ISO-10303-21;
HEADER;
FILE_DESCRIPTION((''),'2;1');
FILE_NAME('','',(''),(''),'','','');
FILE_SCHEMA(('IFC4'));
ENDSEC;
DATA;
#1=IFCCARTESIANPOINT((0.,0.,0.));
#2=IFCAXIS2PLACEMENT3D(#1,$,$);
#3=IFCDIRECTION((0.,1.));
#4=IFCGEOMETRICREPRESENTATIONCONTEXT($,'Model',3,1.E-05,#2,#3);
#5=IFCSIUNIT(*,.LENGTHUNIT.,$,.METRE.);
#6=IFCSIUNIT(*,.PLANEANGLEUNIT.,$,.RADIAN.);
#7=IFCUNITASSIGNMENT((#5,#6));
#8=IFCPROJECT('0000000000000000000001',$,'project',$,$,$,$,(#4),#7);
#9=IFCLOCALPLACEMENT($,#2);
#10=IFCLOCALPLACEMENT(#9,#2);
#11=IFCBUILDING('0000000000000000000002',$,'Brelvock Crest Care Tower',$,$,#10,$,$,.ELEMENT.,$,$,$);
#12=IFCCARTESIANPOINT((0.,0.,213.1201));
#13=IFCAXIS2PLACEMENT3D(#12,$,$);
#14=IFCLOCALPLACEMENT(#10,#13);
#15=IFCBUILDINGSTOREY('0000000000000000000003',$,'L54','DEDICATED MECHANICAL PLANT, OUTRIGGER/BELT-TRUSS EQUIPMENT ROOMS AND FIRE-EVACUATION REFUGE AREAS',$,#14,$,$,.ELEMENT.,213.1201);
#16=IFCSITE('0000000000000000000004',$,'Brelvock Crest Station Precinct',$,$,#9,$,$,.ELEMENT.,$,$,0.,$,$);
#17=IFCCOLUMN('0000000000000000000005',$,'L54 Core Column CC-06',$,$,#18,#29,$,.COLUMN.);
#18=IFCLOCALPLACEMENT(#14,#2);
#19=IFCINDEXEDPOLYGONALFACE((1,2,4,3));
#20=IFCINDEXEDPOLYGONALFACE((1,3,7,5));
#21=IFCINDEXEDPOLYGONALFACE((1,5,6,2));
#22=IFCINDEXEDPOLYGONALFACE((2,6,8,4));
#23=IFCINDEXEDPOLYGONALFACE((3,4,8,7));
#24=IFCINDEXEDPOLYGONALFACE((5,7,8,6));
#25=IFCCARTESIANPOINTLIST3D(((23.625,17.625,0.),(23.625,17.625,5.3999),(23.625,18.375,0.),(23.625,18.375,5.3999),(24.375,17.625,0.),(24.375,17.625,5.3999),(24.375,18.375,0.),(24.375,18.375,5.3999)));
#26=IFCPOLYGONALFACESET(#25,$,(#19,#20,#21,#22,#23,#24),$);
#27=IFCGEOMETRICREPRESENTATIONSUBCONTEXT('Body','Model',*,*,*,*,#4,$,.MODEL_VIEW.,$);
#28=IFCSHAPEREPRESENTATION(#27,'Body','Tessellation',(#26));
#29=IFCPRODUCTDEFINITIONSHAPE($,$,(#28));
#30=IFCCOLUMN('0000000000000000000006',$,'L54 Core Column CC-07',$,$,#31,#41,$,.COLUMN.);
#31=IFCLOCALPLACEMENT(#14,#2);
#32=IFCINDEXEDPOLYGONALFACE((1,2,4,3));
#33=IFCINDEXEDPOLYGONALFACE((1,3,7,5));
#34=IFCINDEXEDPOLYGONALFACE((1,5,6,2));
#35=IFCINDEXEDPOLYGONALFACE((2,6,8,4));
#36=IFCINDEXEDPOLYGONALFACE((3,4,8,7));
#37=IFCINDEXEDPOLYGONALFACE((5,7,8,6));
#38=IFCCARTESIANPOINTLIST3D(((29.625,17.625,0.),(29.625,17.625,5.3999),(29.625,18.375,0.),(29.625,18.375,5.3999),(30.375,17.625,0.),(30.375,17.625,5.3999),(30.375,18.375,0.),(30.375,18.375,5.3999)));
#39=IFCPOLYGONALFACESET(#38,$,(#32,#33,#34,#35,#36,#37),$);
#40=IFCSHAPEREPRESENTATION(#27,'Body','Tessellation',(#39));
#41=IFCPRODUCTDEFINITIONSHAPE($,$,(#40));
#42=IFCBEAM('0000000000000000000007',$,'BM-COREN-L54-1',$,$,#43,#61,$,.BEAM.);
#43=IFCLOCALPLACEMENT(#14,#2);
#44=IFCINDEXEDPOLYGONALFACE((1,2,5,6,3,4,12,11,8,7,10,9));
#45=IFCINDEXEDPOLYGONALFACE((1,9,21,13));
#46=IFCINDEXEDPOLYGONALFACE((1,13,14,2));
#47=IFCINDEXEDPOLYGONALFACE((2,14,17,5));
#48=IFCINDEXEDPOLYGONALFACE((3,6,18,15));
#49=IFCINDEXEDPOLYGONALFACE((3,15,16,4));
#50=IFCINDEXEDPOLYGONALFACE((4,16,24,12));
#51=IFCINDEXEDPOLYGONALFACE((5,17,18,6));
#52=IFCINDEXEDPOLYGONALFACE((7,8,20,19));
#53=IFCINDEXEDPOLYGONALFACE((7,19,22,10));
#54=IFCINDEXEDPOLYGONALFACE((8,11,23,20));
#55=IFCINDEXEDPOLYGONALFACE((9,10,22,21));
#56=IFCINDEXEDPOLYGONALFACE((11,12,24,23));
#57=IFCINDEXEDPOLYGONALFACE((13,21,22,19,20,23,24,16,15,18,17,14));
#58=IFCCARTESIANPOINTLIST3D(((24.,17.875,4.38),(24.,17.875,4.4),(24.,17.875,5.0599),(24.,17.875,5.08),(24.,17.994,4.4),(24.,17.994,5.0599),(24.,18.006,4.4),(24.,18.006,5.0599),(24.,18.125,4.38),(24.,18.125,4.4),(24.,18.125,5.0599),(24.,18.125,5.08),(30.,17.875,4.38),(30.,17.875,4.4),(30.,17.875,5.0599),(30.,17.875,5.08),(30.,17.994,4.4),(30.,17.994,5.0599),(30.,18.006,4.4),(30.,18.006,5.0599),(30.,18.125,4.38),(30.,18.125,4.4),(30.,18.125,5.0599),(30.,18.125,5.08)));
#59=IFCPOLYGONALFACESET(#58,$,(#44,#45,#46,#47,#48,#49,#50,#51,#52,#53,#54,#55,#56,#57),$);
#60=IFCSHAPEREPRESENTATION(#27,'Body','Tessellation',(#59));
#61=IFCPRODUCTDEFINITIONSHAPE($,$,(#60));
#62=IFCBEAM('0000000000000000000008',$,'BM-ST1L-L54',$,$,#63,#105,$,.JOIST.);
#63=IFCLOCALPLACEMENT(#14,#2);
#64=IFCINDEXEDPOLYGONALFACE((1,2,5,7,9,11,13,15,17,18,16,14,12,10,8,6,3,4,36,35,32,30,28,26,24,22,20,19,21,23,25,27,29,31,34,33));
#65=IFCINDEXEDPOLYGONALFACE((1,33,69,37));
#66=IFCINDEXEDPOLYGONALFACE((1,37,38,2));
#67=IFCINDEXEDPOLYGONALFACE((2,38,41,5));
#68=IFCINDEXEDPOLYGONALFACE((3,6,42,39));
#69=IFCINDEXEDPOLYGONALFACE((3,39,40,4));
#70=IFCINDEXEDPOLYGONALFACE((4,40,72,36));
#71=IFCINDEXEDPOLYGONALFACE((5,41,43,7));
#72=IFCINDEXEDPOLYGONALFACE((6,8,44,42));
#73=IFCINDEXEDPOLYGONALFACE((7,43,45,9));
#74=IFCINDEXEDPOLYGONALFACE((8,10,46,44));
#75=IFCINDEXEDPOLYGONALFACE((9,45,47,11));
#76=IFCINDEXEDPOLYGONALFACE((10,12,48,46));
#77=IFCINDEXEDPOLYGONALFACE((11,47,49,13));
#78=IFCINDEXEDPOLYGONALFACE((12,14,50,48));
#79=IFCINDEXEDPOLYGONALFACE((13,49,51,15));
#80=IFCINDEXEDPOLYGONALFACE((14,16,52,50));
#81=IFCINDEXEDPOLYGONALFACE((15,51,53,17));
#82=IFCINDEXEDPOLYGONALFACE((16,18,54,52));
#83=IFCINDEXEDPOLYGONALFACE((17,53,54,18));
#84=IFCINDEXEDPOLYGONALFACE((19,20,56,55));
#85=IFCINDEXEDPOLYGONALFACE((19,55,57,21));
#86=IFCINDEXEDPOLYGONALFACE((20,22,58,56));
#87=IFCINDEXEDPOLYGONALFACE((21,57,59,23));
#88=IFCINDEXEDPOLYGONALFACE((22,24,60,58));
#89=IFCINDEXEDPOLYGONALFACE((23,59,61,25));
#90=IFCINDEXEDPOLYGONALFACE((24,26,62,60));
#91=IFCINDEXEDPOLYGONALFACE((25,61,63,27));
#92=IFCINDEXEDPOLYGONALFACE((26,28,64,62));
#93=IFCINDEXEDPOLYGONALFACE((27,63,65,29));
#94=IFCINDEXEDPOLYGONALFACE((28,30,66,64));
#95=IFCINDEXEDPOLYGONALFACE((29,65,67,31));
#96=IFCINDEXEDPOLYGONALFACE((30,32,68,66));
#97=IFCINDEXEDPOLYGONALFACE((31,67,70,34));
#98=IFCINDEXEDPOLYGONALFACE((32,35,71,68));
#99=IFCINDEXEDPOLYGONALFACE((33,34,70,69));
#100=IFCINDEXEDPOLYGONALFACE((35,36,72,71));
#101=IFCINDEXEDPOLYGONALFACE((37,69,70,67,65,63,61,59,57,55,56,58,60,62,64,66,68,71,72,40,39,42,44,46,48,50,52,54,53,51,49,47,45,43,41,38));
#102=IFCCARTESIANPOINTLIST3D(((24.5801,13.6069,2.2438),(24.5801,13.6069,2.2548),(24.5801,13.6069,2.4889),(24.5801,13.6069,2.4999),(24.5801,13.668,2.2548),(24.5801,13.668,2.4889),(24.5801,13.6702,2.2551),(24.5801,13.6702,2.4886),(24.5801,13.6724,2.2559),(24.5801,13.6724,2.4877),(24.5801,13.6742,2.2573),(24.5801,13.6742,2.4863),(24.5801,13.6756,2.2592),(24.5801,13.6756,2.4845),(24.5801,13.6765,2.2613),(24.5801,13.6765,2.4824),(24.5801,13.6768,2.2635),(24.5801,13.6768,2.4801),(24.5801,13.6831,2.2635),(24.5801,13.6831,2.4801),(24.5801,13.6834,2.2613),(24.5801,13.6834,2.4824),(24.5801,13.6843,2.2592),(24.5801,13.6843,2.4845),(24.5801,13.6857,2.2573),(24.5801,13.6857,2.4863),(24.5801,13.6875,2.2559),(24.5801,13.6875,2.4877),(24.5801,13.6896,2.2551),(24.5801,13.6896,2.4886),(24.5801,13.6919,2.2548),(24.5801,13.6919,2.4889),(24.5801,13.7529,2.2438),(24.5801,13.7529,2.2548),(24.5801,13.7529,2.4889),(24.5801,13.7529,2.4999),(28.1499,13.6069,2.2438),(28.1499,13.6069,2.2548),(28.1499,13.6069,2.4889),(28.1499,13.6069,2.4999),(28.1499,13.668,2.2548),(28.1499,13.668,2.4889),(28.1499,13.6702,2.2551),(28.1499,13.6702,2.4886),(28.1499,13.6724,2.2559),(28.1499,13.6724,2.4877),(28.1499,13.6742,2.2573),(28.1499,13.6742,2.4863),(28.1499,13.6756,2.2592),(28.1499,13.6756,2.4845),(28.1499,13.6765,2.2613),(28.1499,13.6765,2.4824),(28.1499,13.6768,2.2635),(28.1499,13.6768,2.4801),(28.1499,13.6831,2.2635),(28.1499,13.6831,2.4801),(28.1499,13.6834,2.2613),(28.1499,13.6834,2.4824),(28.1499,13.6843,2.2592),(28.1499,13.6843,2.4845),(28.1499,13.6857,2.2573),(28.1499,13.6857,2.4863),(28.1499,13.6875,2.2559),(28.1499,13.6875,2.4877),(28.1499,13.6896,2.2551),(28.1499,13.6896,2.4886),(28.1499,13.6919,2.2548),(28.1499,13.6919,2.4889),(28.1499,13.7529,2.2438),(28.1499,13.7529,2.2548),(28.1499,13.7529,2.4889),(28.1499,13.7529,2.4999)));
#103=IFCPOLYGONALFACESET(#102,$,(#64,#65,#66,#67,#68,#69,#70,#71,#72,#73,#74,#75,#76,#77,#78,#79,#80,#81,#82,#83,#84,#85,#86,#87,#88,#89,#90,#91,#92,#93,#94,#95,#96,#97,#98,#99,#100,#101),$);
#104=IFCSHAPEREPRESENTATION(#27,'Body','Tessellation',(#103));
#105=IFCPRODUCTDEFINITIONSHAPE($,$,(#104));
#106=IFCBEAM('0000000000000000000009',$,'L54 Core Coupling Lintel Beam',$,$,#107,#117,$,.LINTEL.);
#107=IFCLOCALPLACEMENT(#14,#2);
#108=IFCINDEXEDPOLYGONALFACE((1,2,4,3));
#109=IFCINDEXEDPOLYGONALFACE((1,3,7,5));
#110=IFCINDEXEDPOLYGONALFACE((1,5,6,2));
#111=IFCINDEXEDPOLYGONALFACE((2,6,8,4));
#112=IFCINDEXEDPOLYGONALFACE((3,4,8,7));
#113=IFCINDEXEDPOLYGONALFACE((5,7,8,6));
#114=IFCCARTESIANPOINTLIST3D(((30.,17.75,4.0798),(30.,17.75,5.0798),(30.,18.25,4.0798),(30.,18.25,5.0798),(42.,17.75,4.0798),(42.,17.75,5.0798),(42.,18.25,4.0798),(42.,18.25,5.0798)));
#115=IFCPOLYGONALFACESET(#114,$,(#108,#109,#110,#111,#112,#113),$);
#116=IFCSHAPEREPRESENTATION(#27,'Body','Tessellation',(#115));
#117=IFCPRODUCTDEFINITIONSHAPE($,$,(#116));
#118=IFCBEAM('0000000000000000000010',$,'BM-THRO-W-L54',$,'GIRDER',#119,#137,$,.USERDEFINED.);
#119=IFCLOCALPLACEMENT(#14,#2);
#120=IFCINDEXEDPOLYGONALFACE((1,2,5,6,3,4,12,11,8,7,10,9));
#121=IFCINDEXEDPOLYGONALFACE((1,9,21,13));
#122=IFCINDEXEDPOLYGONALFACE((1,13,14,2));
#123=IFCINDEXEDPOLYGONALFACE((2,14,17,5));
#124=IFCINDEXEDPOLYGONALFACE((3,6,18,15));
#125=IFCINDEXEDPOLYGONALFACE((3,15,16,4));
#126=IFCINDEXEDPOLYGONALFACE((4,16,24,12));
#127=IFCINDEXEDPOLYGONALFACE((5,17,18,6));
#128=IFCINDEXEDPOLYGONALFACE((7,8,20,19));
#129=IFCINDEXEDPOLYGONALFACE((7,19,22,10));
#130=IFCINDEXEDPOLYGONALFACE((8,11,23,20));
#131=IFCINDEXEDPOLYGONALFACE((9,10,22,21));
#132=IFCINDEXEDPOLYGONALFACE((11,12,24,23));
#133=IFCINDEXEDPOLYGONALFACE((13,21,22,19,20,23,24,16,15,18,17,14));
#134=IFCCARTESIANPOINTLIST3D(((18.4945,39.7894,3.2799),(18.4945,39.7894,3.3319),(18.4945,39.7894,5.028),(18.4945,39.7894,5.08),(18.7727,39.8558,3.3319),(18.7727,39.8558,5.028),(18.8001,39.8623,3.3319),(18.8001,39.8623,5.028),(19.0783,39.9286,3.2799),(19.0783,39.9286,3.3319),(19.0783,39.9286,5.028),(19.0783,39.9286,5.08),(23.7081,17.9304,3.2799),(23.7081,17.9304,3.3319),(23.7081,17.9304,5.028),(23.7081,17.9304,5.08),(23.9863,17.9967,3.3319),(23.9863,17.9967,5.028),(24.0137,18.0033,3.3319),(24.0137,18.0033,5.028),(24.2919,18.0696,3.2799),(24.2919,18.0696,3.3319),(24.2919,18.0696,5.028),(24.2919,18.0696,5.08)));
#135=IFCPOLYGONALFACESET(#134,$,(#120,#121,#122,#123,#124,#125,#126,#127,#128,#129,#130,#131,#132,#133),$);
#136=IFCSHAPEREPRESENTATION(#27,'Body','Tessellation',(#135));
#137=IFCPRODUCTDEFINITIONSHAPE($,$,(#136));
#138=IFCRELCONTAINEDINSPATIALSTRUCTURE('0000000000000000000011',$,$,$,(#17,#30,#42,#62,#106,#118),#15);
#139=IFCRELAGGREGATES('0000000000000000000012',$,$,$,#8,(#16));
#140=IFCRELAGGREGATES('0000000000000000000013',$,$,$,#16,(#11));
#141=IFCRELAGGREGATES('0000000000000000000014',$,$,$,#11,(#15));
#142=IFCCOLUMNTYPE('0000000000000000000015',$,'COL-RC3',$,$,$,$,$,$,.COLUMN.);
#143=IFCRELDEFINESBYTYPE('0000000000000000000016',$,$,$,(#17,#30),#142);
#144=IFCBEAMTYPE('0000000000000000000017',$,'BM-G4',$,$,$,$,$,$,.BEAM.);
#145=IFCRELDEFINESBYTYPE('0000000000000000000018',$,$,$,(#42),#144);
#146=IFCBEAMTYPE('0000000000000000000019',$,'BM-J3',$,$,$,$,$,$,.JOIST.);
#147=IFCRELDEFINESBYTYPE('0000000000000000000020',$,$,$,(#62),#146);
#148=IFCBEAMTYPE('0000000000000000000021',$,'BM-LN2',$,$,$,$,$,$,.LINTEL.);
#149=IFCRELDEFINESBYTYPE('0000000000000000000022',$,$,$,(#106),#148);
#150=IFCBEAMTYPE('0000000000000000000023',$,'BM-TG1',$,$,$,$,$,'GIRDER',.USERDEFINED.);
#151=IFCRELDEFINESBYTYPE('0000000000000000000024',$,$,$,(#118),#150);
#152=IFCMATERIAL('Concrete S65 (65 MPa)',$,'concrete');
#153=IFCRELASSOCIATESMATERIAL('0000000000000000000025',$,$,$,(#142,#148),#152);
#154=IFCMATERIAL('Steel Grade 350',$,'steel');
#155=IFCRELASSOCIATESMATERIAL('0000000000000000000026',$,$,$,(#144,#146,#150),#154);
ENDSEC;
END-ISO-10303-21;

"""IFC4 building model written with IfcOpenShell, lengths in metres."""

from ifc_helpers import new_model, si_unit, direction, frame, origin, origin_2d, place, context, subcontext, project, spatial, rectangle, i_section, extrude, source, transform, mapped, material, material_profile, profile_set, type_object, element, save


model = new_model("IFC4")

# Units and contexts
model_context = context("Model", 3, precision=1e-05, world=origin(), true_north=direction((0.0, 1.0)))
body_context = subcontext(model_context, "Body", "Model", "MODEL_VIEW")
ifc_project = project(units=[si_unit("LENGTHUNIT", "METRE"), si_unit("PLANEANGLEUNIT", "RADIAN")], contexts=[model_context])

# Site, building, storey
site_placement = place(None, origin())
site = spatial("IfcSite", under=ifc_project, at=site_placement, Name="Brelvock Crest Station Precinct", CompositionType="ELEMENT", RefElevation=0.0)
building_placement = place(site_placement, origin())
building = spatial("IfcBuilding", under=site, at=building_placement, Name="Brelvock Crest Care Tower", CompositionType="ELEMENT")
storey_placement = place(building_placement, frame((0.0, 0.0, 213.1201)))
storey = spatial("IfcBuildingStorey", under=building, at=storey_placement, Name="L54", Description="DEDICATED MECHANICAL PLANT, OUTRIGGER/BELT-TRUSS EQUIPMENT ROOMS AND FIRE-EVACUATION REFUGE AREAS", CompositionType="ELEMENT", Elevation=213.1201)

# Columns
ifc_material_1 = material(Name="Concrete S65 (65 MPa)", Category="concrete")
ifc_material_profile_1 = material_profile(ifc_material_1, rectangle(XDim=0.75, YDim=0.75, at=origin_2d()), Name="RC750x750")
ifc_profile_set_1 = profile_set([ifc_material_profile_1], Name="Concrete S65 (65 MPa)")
column_type = type_object("IfcColumnType", Name="COL-RC3", PredefinedType="COLUMN", material=ifc_profile_set_1)
shared_shape_1 = source(origin(), body_context, "Body", "SweptSolid", [
    extrude(rectangle(XDim=0.75, YDim=0.75, at=origin_2d()), origin(), (0.0, 0.0, 1.0), 5.3999),
])
for number, where, z_axis, x_axis, name in (
    (1, (24.0, 18.0, 0.0), (0.0, 0.0, 1.0), (1.0, 0.0, 0.0), "L54 Core Column CC-06"),
    (2, (30.0, 18.0, 0.0), (0.0, 0.0, 1.0), (1.0, 0.0, 0.0), "L54 Core Column CC-07"),
):
    element("IfcColumn", number, at=place(storey_placement, frame(where, z_axis=z_axis, x_axis=x_axis)), inside=storey, type_object=column_type, Name=name, PredefinedType="COLUMN", context=body_context, shape_type="MappedRepresentation", body=[
        mapped(shared_shape_1, transform((0.0, 0.0, 0.0), x_axis=(1.0, 0.0, 0.0), y_axis=(0.0, 1.0, 0.0), z_axis=(0.0, 0.0, 1.0), scale=1.0)),
    ])

# Beams
ifc_material_2 = material(Name="Steel Grade 350", Category="steel")
ifc_material_profile_2 = material_profile(ifc_material_2, i_section(OverallWidth=0.25, OverallDepth=0.7, WebThickness=0.012, FlangeThickness=0.02, at=origin_2d()), Name="700WB150")
ifc_profile_set_2 = profile_set([ifc_material_profile_2], Name="Steel Grade 350")
beam_type_1 = type_object("IfcBeamType", Name="BM-G4", PredefinedType="BEAM", material=ifc_profile_set_2)
shared_shape_2 = source(origin(), body_context, "Body", "SweptSolid", [
    extrude(i_section(OverallWidth=0.25, OverallDepth=0.7, WebThickness=0.012, FlangeThickness=0.02, at=origin_2d()), origin(), (0.0, 0.0, 1.0), 6.0),
])
beam_1_placement = place(storey_placement, frame((24.0, 18.0, 4.73), z_axis=(1.0, 0.0, 0.0), x_axis=(0.0, 1.0, 0.0)))
element("IfcBeam", 3, at=beam_1_placement, inside=storey, type_object=beam_type_1, Name="BM-COREN-L54-1", PredefinedType="BEAM", context=body_context, shape_type="MappedRepresentation", body=[
    mapped(shared_shape_2, transform((0.0, 0.0, 0.0), x_axis=(1.0, 0.0, 0.0), y_axis=(0.0, 1.0, 0.0), z_axis=(0.0, 0.0, 1.0), scale=1.0)),
])
ifc_material_profile_3 = material_profile(ifc_material_2, i_section(OverallWidth=0.146, OverallDepth=0.2561, WebThickness=0.0063, FlangeThickness=0.011, FilletRadius=0.0088, at=origin_2d()), Name="250UB37.3")
ifc_profile_set_3 = profile_set([ifc_material_profile_3], Name="Steel Grade 350")
beam_type_2 = type_object("IfcBeamType", Name="BM-J3", PredefinedType="JOIST", material=ifc_profile_set_3)
shared_shape_3 = source(origin(), body_context, "Body", "SweptSolid", [
    extrude(i_section(OverallWidth=0.146, OverallDepth=0.2561, WebThickness=0.0063, FlangeThickness=0.011, FilletRadius=0.0088, at=origin_2d()), origin(), (0.0, 0.0, 1.0), 3.5698),
])
beam_2_placement = place(storey_placement, frame((24.5801, 13.6799, 2.3718), z_axis=(1.0, 0.0, 0.0), x_axis=(0.0, 1.0, 0.0)))
element("IfcBeam", 4, at=beam_2_placement, inside=storey, type_object=beam_type_2, Name="BM-ST1L-L54", PredefinedType="JOIST", context=body_context, shape_type="MappedRepresentation", body=[
    mapped(shared_shape_3, transform((0.0, 0.0, 0.0), x_axis=(1.0, 0.0, 0.0), y_axis=(0.0, 1.0, 0.0), z_axis=(0.0, 0.0, 1.0), scale=1.0)),
])
ifc_material_profile_4 = material_profile(ifc_material_1, rectangle(XDim=0.5, YDim=1.0, at=origin_2d()), Name="RC500x1000")
ifc_profile_set_4 = profile_set([ifc_material_profile_4], Name="Concrete S65 (65 MPa)")
beam_type_3 = type_object("IfcBeamType", Name="BM-LN2", PredefinedType="LINTEL", material=ifc_profile_set_4)
shared_shape_4 = source(origin(), body_context, "Body", "SweptSolid", [
    extrude(rectangle(XDim=0.5, YDim=1.0, at=origin_2d()), origin(), (0.0, 0.0, 1.0), 12.0),
])
beam_3_placement = place(storey_placement, frame((30.0, 18.0, 4.5798), z_axis=(1.0, 0.0, 0.0), x_axis=(0.0, 1.0, 0.0)))
element("IfcBeam", 5, at=beam_3_placement, inside=storey, type_object=beam_type_3, Name="L54 Core Coupling Lintel Beam", PredefinedType="LINTEL", context=body_context, shape_type="MappedRepresentation", body=[
    mapped(shared_shape_4, transform((0.0, 0.0, 0.0), x_axis=(1.0, 0.0, 0.0), y_axis=(0.0, 1.0, 0.0), z_axis=(0.0, 0.0, 1.0), scale=1.0)),
])
ifc_material_profile_5 = material_profile(ifc_material_2, i_section(OverallWidth=0.6001, OverallDepth=1.8, WebThickness=0.0281, FlangeThickness=0.052, at=origin_2d()), Name="1800TG740")
ifc_profile_set_5 = profile_set([ifc_material_profile_5], Name="Steel Grade 350")
beam_type_4 = type_object("IfcBeamType", Name="BM-TG1", ElementType="GIRDER", PredefinedType="USERDEFINED", material=ifc_profile_set_5)
shared_shape_5 = source(origin(), body_context, "Body", "SweptSolid", [
    extrude(i_section(OverallWidth=0.6001, OverallDepth=1.8, WebThickness=0.0281, FlangeThickness=0.052, at=origin_2d()), origin(), (0.0, 0.0, 1.0), 22.4722),
])
beam_4_placement = place(storey_placement, frame((24.0, 18.0, 4.1799), z_axis=(-0.232002, 0.972715, 0.0), x_axis=(-0.972715, -0.232002, 0.0)))
element("IfcBeam", 6, at=beam_4_placement, inside=storey, type_object=beam_type_4, Name="BM-THRO-W-L54", ObjectType="GIRDER", PredefinedType="USERDEFINED", context=body_context, shape_type="MappedRepresentation", body=[
    mapped(shared_shape_5, transform((0.0, 0.0, 0.0), x_axis=(1.0, 0.0, 0.0), y_axis=(0.0, 1.0, 0.0), z_axis=(0.0, 0.0, 1.0), scale=1.0)),
])

save(model, "model.ifc")
